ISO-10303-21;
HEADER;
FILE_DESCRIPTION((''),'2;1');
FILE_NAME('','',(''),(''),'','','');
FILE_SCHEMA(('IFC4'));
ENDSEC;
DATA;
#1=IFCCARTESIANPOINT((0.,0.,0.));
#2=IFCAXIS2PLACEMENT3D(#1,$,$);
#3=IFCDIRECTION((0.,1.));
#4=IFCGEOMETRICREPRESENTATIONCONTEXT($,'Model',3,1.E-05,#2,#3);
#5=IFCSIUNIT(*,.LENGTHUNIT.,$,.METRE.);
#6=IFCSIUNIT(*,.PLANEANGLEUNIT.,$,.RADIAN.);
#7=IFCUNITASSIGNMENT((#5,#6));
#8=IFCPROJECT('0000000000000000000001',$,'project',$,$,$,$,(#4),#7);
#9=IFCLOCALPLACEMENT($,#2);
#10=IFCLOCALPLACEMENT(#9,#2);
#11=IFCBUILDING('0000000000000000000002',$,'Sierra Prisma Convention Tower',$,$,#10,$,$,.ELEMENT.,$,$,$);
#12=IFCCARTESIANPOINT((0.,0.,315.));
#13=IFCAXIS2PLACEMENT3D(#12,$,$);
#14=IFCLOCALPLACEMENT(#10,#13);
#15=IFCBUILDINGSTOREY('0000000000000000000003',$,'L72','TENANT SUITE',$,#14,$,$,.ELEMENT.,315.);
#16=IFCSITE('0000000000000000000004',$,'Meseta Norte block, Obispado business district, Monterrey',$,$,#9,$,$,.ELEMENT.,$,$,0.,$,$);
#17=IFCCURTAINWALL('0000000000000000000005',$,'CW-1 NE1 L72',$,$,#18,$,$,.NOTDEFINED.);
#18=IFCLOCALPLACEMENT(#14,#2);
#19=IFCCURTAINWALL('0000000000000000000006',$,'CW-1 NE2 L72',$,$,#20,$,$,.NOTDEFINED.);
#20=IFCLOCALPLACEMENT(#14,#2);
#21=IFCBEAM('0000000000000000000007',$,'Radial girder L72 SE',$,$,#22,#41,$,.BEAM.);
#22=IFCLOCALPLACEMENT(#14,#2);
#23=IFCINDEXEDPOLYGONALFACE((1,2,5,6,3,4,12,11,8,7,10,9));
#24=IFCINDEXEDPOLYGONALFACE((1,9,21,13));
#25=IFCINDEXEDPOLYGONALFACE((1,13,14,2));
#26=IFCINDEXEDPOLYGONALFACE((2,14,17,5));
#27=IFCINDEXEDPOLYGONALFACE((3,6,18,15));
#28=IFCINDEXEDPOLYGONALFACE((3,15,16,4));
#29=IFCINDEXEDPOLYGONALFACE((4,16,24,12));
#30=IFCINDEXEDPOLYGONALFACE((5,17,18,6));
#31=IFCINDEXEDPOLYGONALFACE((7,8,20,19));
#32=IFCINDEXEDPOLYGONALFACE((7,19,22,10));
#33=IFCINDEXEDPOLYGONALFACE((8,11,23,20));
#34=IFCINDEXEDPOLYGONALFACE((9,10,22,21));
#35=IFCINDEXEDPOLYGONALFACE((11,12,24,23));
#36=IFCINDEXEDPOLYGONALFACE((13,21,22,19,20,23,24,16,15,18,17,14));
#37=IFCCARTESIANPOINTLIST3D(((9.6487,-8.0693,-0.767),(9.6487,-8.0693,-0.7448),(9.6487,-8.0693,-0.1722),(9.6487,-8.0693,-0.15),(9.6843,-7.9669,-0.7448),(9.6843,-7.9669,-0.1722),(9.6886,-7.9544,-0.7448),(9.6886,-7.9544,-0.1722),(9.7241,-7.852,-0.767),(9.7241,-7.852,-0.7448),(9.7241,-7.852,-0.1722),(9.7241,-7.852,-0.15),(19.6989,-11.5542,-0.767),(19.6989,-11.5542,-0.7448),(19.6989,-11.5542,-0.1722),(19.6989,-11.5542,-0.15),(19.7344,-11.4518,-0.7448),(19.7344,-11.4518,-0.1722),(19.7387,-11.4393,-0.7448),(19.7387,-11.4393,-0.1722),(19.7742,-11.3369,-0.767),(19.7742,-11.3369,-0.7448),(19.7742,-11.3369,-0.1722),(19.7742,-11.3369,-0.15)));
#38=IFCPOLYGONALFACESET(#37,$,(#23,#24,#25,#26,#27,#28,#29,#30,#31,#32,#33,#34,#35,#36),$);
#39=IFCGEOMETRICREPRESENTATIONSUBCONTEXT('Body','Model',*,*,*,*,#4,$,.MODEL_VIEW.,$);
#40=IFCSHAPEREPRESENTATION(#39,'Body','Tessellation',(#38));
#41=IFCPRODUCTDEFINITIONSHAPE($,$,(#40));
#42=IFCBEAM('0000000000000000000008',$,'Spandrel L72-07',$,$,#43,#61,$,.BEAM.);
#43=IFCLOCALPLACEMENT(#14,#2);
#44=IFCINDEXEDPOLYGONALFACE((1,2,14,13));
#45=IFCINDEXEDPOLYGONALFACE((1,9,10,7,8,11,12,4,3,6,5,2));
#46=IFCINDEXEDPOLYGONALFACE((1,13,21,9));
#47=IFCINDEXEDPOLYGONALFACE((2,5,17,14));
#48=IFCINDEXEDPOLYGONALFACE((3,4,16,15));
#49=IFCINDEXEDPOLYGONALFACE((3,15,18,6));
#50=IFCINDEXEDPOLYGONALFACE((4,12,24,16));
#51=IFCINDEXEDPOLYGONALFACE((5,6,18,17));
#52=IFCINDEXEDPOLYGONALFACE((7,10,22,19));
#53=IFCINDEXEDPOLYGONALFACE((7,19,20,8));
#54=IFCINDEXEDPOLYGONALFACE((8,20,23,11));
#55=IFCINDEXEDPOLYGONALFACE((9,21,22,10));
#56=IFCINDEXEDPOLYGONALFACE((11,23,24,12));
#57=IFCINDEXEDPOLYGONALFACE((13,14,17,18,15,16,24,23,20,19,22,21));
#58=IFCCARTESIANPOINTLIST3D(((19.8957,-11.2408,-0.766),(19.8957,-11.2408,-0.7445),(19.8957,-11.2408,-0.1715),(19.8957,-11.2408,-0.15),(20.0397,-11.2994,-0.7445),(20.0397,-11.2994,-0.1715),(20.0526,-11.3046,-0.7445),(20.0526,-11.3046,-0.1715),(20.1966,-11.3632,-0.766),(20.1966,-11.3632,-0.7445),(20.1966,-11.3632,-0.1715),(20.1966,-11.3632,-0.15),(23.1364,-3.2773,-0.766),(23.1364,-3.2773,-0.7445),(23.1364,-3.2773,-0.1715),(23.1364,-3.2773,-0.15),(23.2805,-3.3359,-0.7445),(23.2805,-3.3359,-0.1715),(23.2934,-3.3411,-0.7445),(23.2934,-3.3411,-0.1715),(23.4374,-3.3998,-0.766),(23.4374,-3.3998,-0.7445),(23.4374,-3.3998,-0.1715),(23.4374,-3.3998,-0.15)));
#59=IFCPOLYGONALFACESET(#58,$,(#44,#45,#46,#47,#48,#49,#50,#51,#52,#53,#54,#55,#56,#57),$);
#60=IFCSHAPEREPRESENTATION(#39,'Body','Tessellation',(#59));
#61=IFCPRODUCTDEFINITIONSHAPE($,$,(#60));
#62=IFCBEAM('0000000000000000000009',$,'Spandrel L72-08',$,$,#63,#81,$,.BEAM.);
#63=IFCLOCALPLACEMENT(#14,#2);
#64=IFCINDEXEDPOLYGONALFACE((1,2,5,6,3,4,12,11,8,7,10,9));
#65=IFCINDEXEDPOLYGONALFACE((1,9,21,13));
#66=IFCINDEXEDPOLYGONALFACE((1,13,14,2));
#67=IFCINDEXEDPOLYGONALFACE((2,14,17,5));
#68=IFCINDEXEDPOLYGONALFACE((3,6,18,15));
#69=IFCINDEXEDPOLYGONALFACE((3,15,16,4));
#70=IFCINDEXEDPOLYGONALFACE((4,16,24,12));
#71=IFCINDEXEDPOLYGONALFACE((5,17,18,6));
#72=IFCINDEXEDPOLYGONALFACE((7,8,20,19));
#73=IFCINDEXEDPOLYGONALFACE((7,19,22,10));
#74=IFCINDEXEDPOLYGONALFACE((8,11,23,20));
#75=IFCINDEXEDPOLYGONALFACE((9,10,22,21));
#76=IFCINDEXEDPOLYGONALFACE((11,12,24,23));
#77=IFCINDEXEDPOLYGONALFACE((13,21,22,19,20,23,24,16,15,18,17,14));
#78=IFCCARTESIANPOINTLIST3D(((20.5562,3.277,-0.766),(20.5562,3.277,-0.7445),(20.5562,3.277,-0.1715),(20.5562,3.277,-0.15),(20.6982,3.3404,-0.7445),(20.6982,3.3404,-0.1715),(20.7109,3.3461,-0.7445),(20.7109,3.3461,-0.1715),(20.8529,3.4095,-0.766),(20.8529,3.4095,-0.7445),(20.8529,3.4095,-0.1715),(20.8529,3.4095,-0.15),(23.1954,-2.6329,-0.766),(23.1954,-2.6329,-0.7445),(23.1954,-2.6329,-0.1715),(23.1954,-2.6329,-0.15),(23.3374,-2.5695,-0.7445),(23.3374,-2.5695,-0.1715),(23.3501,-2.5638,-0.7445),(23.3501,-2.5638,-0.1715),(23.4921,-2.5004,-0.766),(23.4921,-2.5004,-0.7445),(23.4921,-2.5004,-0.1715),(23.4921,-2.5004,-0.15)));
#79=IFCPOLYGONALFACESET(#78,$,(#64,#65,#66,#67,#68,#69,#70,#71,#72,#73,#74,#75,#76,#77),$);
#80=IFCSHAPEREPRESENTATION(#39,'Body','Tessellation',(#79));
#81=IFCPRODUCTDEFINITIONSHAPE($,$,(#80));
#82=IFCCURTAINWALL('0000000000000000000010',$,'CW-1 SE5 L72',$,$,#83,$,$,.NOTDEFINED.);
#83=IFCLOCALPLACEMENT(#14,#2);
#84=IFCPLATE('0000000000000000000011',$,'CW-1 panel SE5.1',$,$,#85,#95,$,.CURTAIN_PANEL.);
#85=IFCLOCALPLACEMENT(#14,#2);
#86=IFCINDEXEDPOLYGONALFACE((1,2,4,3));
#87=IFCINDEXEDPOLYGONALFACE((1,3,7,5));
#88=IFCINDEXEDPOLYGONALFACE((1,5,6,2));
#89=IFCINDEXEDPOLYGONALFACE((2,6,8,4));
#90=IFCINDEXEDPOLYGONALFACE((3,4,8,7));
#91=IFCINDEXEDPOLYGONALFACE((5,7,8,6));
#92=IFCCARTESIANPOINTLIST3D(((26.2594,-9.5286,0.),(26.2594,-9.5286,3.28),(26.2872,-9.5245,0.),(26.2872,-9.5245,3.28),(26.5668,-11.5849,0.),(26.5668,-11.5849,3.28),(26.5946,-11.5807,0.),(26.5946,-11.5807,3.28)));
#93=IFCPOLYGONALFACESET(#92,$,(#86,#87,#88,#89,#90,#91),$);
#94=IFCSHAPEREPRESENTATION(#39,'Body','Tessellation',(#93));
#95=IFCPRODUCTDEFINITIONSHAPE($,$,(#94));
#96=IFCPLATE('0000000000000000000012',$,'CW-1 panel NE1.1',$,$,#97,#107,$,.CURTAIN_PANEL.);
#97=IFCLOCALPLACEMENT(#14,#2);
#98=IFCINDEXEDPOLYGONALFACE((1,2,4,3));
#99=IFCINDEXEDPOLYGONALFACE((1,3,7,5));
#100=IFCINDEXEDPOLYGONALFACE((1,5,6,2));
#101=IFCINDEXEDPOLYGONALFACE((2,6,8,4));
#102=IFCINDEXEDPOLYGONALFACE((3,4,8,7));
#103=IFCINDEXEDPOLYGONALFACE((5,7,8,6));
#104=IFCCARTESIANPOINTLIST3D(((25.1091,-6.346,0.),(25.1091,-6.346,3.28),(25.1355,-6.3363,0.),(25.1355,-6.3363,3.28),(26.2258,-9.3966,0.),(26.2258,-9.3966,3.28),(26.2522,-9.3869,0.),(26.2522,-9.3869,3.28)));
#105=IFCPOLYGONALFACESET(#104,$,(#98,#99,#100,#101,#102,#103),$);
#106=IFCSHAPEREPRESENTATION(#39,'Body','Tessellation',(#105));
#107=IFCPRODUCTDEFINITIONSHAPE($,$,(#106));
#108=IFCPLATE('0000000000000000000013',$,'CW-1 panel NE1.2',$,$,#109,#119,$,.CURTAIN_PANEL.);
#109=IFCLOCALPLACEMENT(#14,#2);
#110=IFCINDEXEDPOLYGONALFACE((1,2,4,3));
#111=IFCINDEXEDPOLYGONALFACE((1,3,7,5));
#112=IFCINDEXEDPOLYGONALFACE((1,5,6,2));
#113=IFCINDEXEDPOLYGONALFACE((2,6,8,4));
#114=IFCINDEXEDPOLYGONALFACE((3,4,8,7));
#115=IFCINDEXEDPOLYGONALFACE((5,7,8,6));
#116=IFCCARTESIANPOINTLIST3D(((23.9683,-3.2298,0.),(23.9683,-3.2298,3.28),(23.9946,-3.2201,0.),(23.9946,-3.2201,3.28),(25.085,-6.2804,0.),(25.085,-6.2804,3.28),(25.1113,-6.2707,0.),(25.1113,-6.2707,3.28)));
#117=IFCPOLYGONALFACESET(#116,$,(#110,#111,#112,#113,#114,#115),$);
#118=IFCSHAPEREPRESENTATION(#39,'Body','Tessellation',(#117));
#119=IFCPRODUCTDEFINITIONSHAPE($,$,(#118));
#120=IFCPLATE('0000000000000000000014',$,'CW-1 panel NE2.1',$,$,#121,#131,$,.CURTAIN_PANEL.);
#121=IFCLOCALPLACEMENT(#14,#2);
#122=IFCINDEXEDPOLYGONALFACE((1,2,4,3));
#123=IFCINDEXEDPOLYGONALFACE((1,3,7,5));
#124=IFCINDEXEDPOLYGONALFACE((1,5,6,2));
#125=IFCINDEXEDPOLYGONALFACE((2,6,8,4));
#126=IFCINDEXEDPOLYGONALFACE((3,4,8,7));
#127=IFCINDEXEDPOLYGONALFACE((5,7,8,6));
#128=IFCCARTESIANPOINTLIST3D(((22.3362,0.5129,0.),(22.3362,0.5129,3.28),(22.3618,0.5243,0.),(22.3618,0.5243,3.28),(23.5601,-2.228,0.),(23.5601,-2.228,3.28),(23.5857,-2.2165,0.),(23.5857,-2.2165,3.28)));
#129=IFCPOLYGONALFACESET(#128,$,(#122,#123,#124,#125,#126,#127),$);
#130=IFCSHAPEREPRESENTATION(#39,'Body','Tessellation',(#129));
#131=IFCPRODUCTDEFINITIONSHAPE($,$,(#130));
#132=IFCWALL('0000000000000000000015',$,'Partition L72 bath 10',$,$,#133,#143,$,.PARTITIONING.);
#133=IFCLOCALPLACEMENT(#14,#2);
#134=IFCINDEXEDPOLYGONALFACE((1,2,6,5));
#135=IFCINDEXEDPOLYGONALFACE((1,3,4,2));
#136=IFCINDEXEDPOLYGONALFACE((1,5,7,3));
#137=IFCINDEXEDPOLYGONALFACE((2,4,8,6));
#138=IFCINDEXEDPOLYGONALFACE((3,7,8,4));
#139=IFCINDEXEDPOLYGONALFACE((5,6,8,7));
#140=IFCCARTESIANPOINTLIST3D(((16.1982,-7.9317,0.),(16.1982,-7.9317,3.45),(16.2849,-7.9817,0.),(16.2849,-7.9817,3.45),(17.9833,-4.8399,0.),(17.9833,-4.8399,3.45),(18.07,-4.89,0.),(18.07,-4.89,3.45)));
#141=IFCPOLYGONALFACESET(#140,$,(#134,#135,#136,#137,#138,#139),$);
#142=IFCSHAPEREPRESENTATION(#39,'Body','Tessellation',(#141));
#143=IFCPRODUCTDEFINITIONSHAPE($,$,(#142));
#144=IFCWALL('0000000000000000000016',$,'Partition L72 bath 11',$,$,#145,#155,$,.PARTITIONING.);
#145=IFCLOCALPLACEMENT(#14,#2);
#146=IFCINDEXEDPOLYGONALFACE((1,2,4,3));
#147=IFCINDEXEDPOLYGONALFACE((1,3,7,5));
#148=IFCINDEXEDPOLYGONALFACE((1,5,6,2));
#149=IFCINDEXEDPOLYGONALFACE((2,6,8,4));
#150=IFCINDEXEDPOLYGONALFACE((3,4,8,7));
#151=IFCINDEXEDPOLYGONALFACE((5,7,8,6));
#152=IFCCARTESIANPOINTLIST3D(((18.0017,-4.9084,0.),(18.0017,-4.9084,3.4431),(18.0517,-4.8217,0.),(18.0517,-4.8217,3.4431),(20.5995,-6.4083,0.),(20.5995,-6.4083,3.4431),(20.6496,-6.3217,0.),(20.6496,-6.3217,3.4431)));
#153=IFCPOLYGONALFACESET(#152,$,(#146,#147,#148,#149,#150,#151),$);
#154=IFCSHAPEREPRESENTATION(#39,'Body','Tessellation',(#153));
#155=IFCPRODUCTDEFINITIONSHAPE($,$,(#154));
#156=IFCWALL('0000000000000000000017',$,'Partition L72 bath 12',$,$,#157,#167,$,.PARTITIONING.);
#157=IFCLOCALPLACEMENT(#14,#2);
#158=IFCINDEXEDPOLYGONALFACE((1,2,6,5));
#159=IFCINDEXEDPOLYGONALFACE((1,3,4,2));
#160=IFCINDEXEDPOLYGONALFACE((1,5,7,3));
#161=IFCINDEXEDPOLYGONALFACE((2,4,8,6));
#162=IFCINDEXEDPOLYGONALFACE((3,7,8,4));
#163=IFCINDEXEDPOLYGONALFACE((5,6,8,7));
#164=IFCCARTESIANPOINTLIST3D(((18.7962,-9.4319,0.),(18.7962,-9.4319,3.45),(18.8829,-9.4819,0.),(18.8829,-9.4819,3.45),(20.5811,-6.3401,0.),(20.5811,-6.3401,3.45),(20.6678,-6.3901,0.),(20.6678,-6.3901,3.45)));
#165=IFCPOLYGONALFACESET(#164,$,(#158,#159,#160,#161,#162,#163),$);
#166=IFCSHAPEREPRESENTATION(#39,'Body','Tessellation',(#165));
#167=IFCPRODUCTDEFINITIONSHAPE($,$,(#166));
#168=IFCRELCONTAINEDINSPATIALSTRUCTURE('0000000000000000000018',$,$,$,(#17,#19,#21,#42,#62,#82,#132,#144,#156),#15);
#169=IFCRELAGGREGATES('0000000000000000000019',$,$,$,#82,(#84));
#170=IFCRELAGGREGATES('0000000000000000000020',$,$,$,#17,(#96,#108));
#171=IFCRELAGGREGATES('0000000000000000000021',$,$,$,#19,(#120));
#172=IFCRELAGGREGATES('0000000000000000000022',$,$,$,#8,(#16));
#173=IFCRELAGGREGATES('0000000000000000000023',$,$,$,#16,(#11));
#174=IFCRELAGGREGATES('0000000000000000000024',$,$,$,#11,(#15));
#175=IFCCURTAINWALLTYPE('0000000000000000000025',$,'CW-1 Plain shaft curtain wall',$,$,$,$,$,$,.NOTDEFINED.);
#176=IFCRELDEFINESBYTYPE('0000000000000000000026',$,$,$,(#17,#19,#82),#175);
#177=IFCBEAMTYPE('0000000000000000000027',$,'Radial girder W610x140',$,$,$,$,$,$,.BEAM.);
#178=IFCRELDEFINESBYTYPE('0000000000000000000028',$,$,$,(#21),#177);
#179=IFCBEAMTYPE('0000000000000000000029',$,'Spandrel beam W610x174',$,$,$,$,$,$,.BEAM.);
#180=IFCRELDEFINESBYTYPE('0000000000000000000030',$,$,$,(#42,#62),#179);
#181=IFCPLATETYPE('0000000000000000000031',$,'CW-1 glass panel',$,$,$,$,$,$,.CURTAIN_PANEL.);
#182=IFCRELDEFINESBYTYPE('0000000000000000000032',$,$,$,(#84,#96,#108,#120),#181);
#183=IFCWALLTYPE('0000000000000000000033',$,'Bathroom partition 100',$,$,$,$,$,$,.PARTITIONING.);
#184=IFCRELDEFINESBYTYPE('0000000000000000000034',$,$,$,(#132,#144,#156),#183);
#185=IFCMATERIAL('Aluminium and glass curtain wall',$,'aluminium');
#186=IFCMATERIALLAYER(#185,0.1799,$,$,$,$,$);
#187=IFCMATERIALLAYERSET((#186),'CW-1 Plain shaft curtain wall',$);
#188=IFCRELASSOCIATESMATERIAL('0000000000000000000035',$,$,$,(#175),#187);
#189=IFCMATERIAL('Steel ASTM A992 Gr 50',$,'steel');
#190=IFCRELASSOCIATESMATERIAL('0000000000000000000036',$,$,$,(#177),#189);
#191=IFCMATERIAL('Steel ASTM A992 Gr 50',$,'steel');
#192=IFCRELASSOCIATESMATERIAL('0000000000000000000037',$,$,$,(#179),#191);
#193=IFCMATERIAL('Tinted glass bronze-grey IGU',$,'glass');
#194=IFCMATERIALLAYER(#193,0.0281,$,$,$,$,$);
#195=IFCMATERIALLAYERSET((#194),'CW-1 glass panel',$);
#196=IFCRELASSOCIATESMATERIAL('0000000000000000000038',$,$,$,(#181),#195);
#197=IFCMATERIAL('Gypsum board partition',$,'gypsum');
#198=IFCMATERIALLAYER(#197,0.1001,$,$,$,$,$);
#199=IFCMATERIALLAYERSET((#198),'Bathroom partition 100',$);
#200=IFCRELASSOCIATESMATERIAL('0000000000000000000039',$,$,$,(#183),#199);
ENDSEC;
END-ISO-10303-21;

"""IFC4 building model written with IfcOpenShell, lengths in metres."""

from ifc_helpers import new_model, si_unit, direction, frame, frame_2d, origin, origin_2d, place, context, subcontext, project, spatial, rectangle, i_section, extrude, material, layer, layer_set, material_profile, profile_set, type_object, element, aggregate, save


model = new_model("IFC4")

# Units and contexts
model_context = context("Model", 3, precision=1e-05, world=origin(), true_north=direction((0.0, 1.0)))
body_context = subcontext(model_context, "Body", "Model", "MODEL_VIEW")
ifc_project = project(units=[si_unit("LENGTHUNIT", "METRE"), si_unit("PLANEANGLEUNIT", "RADIAN")], contexts=[model_context])

# Site, building, storey
site_placement = place(None, origin())
site = spatial("IfcSite", under=ifc_project, at=site_placement, Name="Meseta Norte block, Obispado business district, Monterrey", CompositionType="ELEMENT", RefElevation=0.0)
building_placement = place(site_placement, origin())
building = spatial("IfcBuilding", under=site, at=building_placement, Name="Sierra Prisma Convention Tower", CompositionType="ELEMENT")
storey_placement = place(building_placement, frame((0.0, 0.0, 315.0)))
storey = spatial("IfcBuildingStorey", under=building, at=storey_placement, Name="L72", Description="TENANT SUITE", CompositionType="ELEMENT", Elevation=315.0)

# Curtain wall
ifc_material_1 = material(Name="Aluminium and glass curtain wall", Category="aluminium")
ifc_layer_1 = layer(ifc_material_1, 0.1799)
ifc_layer_set_1 = layer_set([ifc_layer_1], Name="CW-1 Plain shaft curtain wall")
curtain_wall_type = type_object("IfcCurtainWallType", Name="CW-1 Plain shaft curtain wall", PredefinedType="NOTDEFINED", material=ifc_layer_set_1)
curtain_wall_1_placement = place(storey_placement, origin())
curtain_wall_1 = element("IfcCurtainWall", 1, at=curtain_wall_1_placement, inside=storey, type_object=curtain_wall_type, Name="CW-1 NE1 L72", PredefinedType="NOTDEFINED")

# Curtain wall
curtain_wall_2_placement = place(storey_placement, origin())
curtain_wall_2 = element("IfcCurtainWall", 2, at=curtain_wall_2_placement, inside=storey, type_object=curtain_wall_type, Name="CW-1 NE2 L72", PredefinedType="NOTDEFINED")

# Beams
ifc_material_2 = material(Name="Steel ASTM A992 Gr 50", Category="steel")
ifc_material_profile_1 = material_profile(ifc_material_2, i_section(OverallWidth=0.23, OverallDepth=0.6169, WebThickness=0.0132, FlangeThickness=0.0222, at=origin_2d()), Name="W610x140")
ifc_profile_set_1 = profile_set([ifc_material_profile_1], Name="Steel ASTM A992 Gr 50")
beam_type_1 = type_object("IfcBeamType", Name="Radial girder W610x140", PredefinedType="BEAM", material=ifc_profile_set_1)
beam_1_placement = place(storey_placement, frame((19.7366, -11.4456, -0.4585), z_axis=(-0.944812, 0.327614, 0.0), x_axis=(-0.327614, -0.944812, 0.0)))
element("IfcBeam", 3, at=beam_1_placement, inside=storey, type_object=beam_type_1, Name="Radial girder L72 SE", PredefinedType="BEAM", context=body_context, shape_type="SweptSolid", body=[
    extrude(i_section(OverallWidth=0.23, OverallDepth=0.6169, WebThickness=0.0132, FlangeThickness=0.0222, at=origin_2d()), origin(), (0.0, 0.0, 1.0), 10.6372),
])
ifc_material_3 = material(Name="Steel ASTM A992 Gr 50", Category="steel")
ifc_material_profile_2 = material_profile(ifc_material_3, i_section(OverallWidth=0.325, OverallDepth=0.616, WebThickness=0.0139, FlangeThickness=0.0215, at=origin_2d()), Name="W610x174")
ifc_profile_set_2 = profile_set([ifc_material_profile_2], Name="Steel ASTM A992 Gr 50")
beam_type_2 = type_object("IfcBeamType", Name="Spandrel beam W610x174", PredefinedType="BEAM", material=ifc_profile_set_2)
beam_2_placement = place(storey_placement, frame((20.0461, -11.302, -0.458), z_axis=(0.376936, 0.926239, 0.0), x_axis=(-0.926239, 0.376936, 0.0)))
element("IfcBeam", 4, at=beam_2_placement, inside=storey, type_object=beam_type_2, Name="Spandrel L72-07", PredefinedType="BEAM", context=body_context, shape_type="SweptSolid", body=[
    extrude(i_section(OverallWidth=0.325, OverallDepth=0.616, WebThickness=0.0139, FlangeThickness=0.0215, at=origin_2d()), origin(), (0.0, 0.0, 1.0), 8.5977),
])
beam_3_placement = place(storey_placement, frame((23.3438, -2.5667, -0.458), z_axis=(-0.407755, 0.913091, 0.0), x_axis=(-0.913091, -0.407755, 0.0)))
element("IfcBeam", 5, at=beam_3_placement, inside=storey, type_object=beam_type_2, Name="Spandrel L72-08", PredefinedType="BEAM", context=body_context, shape_type="SweptSolid", body=[
    extrude(i_section(OverallWidth=0.325, OverallDepth=0.616, WebThickness=0.0139, FlangeThickness=0.0215, at=origin_2d()), origin(), (0.0, 0.0, 1.0), 6.4724),
])

# Curtain wall, plate
curtain_wall_3_placement = place(storey_placement, origin())
curtain_wall_3 = element("IfcCurtainWall", 6, at=curtain_wall_3_placement, inside=storey, type_object=curtain_wall_type, Name="CW-1 SE5 L72", PredefinedType="NOTDEFINED")
ifc_material_4 = material(Name="Tinted glass bronze-grey IGU", Category="glass")
ifc_layer_2 = layer(ifc_material_4, 0.0281)
ifc_layer_set_2 = layer_set([ifc_layer_2], Name="CW-1 glass panel")
plate_type = type_object("IfcPlateType", Name="CW-1 glass panel", PredefinedType="CURTAIN_PANEL", material=ifc_layer_set_2)
plate_1_placement = place(storey_placement, frame((26.427, -10.5547, 0.0), z_axis=(0.0, 0.0, 1.0), x_axis=(-0.147834, 0.989012, 0.0)))
plate_1 = element("IfcPlate", 7, at=plate_1_placement, type_object=plate_type, Name="CW-1 panel SE5.1", PredefinedType="CURTAIN_PANEL", context=body_context, shape_type="SweptSolid", body=[
    extrude(rectangle(XDim=2.0791, YDim=0.0281, at=origin_2d()), origin(), (0.0, 0.0, 1.0), 3.28),
])
aggregate(curtain_wall_3, [plate_1])

# Plates
plate_2_placement = place(storey_placement, frame((25.6807, -7.8665, 0.0), z_axis=(0.0, 0.0, 1.0), x_axis=(-0.343753, 0.93906, 0.0)))
plate_2 = element("IfcPlate", 8, at=plate_2_placement, type_object=plate_type, Name="CW-1 panel NE1.1", PredefinedType="CURTAIN_PANEL", context=body_context, shape_type="SweptSolid", body=[
    extrude(rectangle(XDim=3.2485, YDim=0.0281, at=origin_2d()), origin(), (0.0, 0.0, 1.0), 3.28),
])
plate_3_placement = place(storey_placement, frame((24.5398, -4.7502, 0.0), z_axis=(0.0, 0.0, 1.0), x_axis=(-0.343753, 0.93906, 0.0)))
plate_3 = element("IfcPlate", 9, at=plate_3_placement, type_object=plate_type, Name="CW-1 panel NE1.2", PredefinedType="CURTAIN_PANEL", context=body_context, shape_type="SweptSolid", body=[
    extrude(rectangle(XDim=3.2485, YDim=0.0281, at=origin_2d()), origin(), (0.0, 0.0, 1.0), 3.28),
])
aggregate(curtain_wall_1, [plate_2, plate_3])
plate_4_placement = place(storey_placement, frame((22.9609, -0.8518, 0.0), z_axis=(0.0, 0.0, 1.0), x_axis=(-0.407747, 0.913095, 0.0)))
plate_4 = element("IfcPlate", 10, at=plate_4_placement, type_object=plate_type, Name="CW-1 panel NE2.1", PredefinedType="CURTAIN_PANEL", context=body_context, shape_type="SweptSolid", body=[
    extrude(rectangle(XDim=3.0017, YDim=0.0281, at=origin_2d()), origin(), (0.0, 0.0, 1.0), 3.28),
])
aggregate(curtain_wall_2, [plate_4])

# Walls
ifc_material_5 = material(Name="Gypsum board partition", Category="gypsum")
ifc_layer_3 = layer(ifc_material_5, 0.1001)
ifc_layer_set_3 = layer_set([ifc_layer_3], Name="Bathroom partition 100")
wall_type_1 = type_object("IfcWallType", Name="Bathroom partition 100", PredefinedType="PARTITIONING", material=ifc_layer_set_3)
wall_1_placement = place(storey_placement, frame((16.2415, -7.9568, 0.0), z_axis=(0.0, 0.0, 1.0), x_axis=(0.500022, 0.866012, 0.0)))
element("IfcWall", 11, at=wall_1_placement, inside=storey, type_object=wall_type_1, Name="Partition L72 bath 10", PredefinedType="PARTITIONING", context=body_context, shape_type="SweptSolid", body=[
    extrude(rectangle(XDim=3.5701, YDim=0.1001, at=frame_2d((1.7852, 0.0))), origin(), (0.0, 0.0, 1.0), 3.45),
])
wall_2_placement = place(storey_placement, frame((18.0266, -4.865, 0.0), z_axis=(0.0, 0.0, 1.0), x_axis=(0.866011, -0.500025, 0.0)))
element("IfcWall", 12, at=wall_2_placement, inside=storey, type_object=wall_type_1, Name="Partition L72 bath 11", PredefinedType="PARTITIONING", context=body_context, shape_type="SweptSolid", body=[
    extrude(rectangle(XDim=2.9998, YDim=0.1001, at=frame_2d((1.5, 0.0))), origin(), (0.0, 0.0, 1.0), 3.4431),
])
wall_3_placement = place(storey_placement, frame((20.6245, -6.365, 0.0), z_axis=(0.0, 0.0, 1.0), x_axis=(-0.499971, -0.866042, 0.0)))
element("IfcWall", 13, at=wall_3_placement, inside=storey, type_object=wall_type_1, Name="Partition L72 bath 12", PredefinedType="PARTITIONING", context=body_context, shape_type="SweptSolid", body=[
    extrude(rectangle(XDim=3.5701, YDim=0.1001, at=frame_2d((1.7852, 0.0))), origin(), (0.0, 0.0, 1.0), 3.45),
])

save(model, "model.ifc")
